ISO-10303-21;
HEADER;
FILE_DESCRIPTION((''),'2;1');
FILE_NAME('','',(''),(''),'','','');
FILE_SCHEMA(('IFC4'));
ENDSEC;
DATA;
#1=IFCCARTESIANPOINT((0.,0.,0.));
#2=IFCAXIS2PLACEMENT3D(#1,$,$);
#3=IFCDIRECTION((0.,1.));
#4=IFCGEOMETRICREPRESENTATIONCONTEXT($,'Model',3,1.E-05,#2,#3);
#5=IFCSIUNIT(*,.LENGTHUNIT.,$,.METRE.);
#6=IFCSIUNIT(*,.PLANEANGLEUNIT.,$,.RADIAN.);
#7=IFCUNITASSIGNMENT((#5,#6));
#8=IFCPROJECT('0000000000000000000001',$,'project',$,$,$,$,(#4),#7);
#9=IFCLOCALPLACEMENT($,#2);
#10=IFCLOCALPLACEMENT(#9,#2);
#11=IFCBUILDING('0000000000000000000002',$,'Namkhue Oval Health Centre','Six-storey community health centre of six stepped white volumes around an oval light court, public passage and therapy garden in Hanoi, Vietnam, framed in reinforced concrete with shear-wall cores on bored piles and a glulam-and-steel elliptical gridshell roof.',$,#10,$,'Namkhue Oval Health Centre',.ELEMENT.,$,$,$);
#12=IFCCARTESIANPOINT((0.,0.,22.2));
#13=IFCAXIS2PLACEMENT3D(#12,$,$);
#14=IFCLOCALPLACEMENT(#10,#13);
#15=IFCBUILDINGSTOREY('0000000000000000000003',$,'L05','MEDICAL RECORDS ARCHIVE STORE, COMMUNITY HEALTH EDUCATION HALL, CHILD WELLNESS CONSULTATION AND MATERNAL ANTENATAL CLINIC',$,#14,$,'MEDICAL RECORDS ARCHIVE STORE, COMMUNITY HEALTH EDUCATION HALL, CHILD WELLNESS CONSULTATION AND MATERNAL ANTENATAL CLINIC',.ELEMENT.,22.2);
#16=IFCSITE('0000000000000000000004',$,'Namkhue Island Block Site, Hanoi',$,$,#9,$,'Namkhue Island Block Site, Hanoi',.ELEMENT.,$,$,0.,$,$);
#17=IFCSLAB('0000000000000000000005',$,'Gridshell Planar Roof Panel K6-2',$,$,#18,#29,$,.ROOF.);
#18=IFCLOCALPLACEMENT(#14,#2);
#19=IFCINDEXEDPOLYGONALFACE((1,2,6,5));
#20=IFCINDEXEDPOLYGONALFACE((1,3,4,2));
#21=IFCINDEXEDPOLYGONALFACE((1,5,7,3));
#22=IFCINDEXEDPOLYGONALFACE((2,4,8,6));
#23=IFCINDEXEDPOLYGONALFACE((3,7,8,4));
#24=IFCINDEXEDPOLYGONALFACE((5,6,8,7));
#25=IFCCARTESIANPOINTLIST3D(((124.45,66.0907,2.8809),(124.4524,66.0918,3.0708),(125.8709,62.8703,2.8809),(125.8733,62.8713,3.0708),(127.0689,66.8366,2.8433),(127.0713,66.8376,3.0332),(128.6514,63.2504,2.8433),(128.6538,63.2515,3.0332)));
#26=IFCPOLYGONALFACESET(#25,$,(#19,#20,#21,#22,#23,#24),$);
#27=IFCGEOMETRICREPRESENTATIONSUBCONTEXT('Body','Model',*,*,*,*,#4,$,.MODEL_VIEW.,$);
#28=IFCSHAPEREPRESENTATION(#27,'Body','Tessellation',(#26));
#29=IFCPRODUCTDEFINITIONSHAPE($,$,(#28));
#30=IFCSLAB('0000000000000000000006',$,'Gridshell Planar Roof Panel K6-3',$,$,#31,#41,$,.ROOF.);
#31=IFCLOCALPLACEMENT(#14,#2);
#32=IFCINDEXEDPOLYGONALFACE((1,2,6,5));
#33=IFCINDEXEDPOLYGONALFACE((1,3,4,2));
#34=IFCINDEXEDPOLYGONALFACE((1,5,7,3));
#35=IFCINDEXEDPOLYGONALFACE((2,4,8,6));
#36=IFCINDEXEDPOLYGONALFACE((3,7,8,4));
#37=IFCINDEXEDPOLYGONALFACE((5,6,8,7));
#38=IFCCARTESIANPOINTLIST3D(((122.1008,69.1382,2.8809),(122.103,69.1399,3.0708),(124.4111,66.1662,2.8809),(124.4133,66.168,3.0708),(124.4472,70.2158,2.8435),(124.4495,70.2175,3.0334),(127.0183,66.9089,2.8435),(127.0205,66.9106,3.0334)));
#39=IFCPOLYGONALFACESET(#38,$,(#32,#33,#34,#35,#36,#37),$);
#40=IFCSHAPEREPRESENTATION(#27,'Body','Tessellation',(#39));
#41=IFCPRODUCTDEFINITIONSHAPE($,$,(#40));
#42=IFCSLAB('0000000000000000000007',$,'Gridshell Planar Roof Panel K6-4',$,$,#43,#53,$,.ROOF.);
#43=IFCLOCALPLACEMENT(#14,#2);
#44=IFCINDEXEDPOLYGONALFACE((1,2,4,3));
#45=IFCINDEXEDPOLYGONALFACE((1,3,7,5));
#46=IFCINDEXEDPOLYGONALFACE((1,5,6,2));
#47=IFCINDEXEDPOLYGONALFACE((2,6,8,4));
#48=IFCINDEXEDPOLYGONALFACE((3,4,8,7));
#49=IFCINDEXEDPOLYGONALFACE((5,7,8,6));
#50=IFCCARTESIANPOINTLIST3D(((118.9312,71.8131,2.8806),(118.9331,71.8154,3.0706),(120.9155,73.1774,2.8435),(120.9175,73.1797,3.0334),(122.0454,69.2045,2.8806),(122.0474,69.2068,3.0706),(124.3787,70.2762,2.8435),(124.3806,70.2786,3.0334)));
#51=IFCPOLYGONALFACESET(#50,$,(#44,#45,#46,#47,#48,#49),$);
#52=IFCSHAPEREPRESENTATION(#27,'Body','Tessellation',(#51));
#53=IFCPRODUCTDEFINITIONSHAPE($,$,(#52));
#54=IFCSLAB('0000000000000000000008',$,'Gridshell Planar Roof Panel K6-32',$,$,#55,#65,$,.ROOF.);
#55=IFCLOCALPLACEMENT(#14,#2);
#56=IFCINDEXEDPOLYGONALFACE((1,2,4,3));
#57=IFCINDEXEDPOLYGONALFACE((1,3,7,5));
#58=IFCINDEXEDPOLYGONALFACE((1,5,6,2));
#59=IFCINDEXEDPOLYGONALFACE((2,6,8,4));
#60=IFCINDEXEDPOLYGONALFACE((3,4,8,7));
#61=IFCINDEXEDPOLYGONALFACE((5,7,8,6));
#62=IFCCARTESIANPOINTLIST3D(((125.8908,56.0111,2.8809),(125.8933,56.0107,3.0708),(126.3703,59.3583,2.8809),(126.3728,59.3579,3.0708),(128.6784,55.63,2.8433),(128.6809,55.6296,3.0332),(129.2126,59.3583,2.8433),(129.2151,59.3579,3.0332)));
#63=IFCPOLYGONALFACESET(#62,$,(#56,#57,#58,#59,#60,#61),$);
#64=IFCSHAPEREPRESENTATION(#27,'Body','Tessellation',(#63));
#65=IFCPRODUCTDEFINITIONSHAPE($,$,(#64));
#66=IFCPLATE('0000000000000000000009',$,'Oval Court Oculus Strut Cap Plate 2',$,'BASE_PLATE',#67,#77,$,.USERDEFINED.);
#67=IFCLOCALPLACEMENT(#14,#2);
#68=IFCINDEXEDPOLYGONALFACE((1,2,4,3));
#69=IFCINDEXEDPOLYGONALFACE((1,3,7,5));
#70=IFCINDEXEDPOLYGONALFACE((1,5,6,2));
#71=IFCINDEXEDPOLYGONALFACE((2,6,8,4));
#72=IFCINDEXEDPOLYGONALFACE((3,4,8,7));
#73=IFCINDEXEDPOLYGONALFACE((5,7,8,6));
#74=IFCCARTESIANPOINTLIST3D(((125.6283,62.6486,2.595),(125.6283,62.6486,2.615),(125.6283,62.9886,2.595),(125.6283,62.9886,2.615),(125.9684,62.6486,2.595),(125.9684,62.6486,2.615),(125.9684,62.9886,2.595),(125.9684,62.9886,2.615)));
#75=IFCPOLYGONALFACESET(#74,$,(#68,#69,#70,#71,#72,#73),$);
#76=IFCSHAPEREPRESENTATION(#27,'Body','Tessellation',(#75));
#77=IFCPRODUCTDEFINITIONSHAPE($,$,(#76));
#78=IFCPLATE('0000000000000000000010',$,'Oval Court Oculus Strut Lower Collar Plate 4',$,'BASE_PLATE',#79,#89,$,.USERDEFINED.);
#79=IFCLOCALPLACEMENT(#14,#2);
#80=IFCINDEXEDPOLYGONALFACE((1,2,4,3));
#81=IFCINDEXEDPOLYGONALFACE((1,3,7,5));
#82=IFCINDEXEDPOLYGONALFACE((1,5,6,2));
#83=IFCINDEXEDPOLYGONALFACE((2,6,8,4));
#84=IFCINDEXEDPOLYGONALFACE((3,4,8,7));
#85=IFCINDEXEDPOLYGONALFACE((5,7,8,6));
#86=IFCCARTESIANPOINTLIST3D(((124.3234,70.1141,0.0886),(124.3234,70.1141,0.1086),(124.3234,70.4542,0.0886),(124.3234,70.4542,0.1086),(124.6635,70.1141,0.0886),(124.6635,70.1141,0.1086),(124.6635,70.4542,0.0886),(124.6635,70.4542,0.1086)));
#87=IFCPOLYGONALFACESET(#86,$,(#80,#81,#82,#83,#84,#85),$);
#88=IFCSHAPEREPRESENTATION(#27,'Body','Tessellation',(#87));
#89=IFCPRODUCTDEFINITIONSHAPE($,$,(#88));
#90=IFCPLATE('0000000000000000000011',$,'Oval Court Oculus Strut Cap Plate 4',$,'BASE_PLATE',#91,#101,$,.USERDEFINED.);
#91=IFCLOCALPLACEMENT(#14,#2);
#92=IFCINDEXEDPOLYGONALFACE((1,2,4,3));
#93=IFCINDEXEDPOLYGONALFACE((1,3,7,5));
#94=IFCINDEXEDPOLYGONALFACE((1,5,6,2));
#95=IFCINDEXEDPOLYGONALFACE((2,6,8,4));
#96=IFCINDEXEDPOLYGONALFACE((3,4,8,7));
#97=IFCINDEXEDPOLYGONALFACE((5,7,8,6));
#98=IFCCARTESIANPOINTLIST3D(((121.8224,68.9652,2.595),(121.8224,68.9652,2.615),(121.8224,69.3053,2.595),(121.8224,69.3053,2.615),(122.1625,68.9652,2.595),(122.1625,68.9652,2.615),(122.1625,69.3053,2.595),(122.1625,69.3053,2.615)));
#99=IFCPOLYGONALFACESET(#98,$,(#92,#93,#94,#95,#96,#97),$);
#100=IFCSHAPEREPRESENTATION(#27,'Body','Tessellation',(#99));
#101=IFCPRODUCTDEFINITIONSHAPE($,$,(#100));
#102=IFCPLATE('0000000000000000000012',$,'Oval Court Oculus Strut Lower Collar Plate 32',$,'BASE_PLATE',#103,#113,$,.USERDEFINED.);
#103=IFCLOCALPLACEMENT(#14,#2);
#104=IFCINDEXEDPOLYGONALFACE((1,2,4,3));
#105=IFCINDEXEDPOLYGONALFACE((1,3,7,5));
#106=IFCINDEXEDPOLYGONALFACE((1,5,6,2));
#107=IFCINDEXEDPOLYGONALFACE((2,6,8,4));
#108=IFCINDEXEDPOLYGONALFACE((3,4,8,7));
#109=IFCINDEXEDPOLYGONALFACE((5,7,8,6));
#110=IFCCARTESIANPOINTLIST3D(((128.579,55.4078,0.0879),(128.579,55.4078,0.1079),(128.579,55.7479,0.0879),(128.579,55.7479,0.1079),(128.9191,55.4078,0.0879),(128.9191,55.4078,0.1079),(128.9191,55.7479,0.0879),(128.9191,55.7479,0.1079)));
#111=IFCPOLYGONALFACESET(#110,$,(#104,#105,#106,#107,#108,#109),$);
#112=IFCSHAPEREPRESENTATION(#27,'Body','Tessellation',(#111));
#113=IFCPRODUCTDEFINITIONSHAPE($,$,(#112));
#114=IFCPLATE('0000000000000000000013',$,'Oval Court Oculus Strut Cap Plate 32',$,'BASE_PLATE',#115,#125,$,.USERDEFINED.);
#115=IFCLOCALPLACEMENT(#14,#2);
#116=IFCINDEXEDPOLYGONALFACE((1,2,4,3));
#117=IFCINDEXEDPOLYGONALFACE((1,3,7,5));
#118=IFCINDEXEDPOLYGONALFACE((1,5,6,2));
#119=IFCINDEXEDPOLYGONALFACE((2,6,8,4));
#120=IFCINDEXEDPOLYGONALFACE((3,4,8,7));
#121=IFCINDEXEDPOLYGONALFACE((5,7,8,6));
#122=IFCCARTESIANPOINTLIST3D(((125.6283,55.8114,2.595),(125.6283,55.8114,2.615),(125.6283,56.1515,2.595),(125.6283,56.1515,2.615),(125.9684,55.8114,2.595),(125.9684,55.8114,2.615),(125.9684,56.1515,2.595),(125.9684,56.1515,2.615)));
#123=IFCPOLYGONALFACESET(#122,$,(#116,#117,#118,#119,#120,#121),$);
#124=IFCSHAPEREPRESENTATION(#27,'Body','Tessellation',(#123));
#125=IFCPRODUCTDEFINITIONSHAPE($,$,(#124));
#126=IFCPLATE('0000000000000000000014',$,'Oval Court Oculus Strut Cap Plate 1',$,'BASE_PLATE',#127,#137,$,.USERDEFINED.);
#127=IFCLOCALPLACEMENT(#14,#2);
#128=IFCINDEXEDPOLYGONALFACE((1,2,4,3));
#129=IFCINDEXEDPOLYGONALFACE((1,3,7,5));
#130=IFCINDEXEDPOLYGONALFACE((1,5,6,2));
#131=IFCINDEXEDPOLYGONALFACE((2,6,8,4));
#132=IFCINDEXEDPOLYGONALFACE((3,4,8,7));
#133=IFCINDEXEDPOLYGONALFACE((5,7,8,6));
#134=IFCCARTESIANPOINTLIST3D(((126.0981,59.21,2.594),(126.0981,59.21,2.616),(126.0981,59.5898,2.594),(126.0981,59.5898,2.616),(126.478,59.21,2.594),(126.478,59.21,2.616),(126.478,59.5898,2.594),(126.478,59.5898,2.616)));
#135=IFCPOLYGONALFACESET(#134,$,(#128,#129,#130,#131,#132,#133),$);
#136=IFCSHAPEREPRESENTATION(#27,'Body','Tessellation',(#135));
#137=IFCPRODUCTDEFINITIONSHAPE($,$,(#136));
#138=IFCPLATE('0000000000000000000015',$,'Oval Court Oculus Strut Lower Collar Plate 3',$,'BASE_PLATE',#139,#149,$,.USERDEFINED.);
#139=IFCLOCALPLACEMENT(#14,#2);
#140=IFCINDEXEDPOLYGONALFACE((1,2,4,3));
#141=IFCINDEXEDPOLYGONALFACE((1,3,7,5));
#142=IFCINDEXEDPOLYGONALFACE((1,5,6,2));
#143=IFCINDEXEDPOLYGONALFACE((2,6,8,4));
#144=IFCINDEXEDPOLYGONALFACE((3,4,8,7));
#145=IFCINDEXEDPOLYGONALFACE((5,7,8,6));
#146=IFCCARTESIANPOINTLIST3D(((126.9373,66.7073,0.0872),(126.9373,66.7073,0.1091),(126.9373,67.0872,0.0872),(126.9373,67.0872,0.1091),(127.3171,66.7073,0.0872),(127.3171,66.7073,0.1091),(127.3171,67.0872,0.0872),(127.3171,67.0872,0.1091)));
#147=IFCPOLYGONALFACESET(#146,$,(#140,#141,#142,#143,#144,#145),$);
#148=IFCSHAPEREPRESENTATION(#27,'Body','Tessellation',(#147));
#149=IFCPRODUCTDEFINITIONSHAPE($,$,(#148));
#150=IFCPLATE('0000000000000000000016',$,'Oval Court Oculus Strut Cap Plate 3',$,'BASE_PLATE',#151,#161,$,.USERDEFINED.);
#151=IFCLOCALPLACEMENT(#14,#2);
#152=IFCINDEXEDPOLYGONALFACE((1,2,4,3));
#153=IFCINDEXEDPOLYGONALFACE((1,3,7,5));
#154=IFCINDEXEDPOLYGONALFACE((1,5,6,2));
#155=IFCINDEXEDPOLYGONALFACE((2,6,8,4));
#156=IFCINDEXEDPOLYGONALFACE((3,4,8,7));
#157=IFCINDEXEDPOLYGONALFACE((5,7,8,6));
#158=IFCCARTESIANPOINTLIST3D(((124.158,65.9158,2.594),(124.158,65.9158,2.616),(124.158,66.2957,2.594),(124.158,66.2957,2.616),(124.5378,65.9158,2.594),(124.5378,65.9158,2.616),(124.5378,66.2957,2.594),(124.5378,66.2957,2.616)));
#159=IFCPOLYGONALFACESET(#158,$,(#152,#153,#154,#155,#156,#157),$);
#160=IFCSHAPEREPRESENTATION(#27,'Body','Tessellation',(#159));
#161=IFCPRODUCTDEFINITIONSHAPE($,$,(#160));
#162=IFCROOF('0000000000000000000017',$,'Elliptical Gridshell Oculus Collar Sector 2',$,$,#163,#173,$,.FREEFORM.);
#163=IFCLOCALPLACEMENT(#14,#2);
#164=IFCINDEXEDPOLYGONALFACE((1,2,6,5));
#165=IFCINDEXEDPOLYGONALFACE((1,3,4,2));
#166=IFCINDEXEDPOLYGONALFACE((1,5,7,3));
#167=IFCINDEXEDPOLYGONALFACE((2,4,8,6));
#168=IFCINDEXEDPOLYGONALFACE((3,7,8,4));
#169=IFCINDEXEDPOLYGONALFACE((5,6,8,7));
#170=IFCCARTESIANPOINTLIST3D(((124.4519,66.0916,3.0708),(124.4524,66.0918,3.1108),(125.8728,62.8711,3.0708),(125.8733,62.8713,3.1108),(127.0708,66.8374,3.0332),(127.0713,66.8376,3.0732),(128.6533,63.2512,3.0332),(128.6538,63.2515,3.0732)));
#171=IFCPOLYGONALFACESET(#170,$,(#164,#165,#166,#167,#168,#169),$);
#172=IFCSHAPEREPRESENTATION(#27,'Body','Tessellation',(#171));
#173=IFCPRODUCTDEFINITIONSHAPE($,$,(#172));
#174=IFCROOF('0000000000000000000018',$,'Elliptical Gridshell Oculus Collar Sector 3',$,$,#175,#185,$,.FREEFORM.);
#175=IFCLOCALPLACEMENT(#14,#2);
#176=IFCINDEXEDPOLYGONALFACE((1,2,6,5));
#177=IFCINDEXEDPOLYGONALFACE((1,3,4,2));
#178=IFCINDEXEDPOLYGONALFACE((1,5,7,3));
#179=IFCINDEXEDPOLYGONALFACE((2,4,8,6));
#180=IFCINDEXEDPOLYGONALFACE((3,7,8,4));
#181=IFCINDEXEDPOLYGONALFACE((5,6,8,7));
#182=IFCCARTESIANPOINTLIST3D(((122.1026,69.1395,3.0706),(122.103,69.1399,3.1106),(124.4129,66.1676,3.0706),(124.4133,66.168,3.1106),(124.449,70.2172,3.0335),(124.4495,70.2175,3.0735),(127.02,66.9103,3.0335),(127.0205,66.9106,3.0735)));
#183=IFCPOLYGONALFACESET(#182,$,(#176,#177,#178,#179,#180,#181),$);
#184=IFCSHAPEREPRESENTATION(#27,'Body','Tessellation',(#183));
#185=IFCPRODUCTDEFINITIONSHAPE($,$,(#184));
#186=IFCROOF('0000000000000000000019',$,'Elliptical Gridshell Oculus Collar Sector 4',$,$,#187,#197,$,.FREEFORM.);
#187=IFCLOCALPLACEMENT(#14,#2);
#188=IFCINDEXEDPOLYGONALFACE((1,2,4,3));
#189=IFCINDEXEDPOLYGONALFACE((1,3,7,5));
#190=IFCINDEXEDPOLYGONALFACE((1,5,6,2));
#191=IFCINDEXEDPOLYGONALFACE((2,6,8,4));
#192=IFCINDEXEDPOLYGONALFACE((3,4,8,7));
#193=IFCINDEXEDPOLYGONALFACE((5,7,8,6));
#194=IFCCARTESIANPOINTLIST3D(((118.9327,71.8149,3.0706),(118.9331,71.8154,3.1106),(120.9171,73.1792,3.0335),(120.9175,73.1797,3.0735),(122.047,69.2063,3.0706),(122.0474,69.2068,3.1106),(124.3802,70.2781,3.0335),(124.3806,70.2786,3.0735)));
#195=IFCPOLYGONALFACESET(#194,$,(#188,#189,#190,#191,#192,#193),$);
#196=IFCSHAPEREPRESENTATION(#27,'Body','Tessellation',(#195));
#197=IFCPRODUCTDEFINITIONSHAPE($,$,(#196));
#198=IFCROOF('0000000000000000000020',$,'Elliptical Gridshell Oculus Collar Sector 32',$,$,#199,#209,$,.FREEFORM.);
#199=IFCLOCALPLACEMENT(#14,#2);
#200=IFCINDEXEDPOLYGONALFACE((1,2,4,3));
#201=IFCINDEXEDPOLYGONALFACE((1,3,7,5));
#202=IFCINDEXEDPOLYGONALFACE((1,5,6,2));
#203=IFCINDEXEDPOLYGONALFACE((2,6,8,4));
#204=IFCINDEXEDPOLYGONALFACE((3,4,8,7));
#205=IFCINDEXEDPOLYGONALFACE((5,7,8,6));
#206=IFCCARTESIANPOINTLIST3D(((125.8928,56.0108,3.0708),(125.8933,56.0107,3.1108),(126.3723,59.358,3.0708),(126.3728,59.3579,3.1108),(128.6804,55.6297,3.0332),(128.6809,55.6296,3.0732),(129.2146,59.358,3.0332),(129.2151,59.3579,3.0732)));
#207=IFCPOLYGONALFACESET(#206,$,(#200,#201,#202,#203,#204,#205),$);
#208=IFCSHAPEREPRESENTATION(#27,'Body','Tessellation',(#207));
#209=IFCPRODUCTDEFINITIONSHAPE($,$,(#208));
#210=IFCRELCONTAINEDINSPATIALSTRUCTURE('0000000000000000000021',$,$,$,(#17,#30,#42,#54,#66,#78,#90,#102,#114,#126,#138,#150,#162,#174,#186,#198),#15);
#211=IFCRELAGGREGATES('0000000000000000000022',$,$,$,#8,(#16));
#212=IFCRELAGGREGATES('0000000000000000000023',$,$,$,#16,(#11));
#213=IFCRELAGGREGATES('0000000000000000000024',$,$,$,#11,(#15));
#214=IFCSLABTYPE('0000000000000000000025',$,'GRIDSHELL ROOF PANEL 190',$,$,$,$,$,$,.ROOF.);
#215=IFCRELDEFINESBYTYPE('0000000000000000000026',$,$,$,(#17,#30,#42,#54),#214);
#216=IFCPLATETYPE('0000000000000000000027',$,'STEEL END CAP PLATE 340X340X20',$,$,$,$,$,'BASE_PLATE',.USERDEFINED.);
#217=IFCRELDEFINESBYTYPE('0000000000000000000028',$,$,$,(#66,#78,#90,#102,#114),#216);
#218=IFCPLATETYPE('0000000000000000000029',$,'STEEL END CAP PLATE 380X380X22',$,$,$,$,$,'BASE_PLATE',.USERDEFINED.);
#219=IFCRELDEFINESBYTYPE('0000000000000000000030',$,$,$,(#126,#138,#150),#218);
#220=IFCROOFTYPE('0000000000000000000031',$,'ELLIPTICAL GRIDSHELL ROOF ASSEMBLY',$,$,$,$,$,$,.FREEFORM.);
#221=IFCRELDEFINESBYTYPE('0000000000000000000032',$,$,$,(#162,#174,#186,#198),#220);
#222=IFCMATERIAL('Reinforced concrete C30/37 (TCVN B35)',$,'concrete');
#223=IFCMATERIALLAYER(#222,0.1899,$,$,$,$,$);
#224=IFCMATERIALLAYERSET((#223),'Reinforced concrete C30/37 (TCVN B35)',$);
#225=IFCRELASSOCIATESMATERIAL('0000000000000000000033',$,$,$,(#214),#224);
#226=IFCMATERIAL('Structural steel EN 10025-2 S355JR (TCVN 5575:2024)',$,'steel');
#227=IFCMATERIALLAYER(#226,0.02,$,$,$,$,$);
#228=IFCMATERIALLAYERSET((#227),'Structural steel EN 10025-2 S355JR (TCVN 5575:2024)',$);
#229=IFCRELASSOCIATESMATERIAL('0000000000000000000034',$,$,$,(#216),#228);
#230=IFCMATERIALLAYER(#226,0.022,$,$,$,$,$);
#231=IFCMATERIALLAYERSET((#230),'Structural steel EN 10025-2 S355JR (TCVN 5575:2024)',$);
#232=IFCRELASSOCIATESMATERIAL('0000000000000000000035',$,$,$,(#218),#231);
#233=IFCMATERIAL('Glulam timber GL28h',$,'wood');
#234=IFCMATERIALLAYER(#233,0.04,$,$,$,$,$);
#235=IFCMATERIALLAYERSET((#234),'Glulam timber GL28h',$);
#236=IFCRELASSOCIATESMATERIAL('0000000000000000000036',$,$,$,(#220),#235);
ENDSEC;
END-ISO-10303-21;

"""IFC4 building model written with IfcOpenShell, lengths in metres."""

from ifc_helpers import new_model, si_unit, direction, frame, origin, origin_2d, place, context, subcontext, project, spatial, polyline, rectangle, outline, extrude, material, layer, layer_set, type_object, element, save


model = new_model("IFC4")

# Units and contexts
model_context = context("Model", 3, precision=1e-05, world=origin(), true_north=direction((0.0, 1.0)))
body_context = subcontext(model_context, "Body", "Model", "MODEL_VIEW")
ifc_project = project(units=[si_unit("LENGTHUNIT", "METRE"), si_unit("PLANEANGLEUNIT", "RADIAN")], contexts=[model_context])

# Site, building, storey
site_placement = place(None, origin())
site = spatial("IfcSite", under=ifc_project, at=site_placement, Name="Namkhue Island Block Site, Hanoi", LongName="Namkhue Island Block Site, Hanoi", CompositionType="ELEMENT", RefElevation=0.0)
building_placement = place(site_placement, origin())
building = spatial("IfcBuilding", under=site, at=building_placement, Name="Namkhue Oval Health Centre", Description="Six-storey community health centre of six stepped white volumes around an oval light court, public passage and therapy garden in Hanoi, Vietnam, framed in reinforced concrete with shear-wall cores on bored piles and a glulam-and-steel elliptical gridshell roof.", LongName="Namkhue Oval Health Centre", CompositionType="ELEMENT")
storey_placement = place(building_placement, frame((0.0, 0.0, 22.2)))
storey = spatial("IfcBuildingStorey", under=building, at=storey_placement, Name="L05", Description="MEDICAL RECORDS ARCHIVE STORE, COMMUNITY HEALTH EDUCATION HALL, CHILD WELLNESS CONSULTATION AND MATERNAL ANTENATAL CLINIC", LongName="MEDICAL RECORDS ARCHIVE STORE, COMMUNITY HEALTH EDUCATION HALL, CHILD WELLNESS CONSULTATION AND MATERNAL ANTENATAL CLINIC", CompositionType="ELEMENT", Elevation=22.2)

# Shared definitions
ifc_material_1 = material(Name="Structural steel EN 10025-2 S355JR (TCVN 5575:2024)", Category="steel")
ifc_material_2 = material(Name="Glulam timber GL28h", Category="wood")

# Slabs
ifc_material_3 = material(Name="Reinforced concrete C30/37 (TCVN B35)", Category="concrete")
ifc_layer_1 = layer(ifc_material_3, 0.1899)
ifc_layer_set_1 = layer_set([ifc_layer_1], Name="Reinforced concrete C30/37 (TCVN B35)")
slab_type = type_object("IfcSlabType", Name="GRIDSHELL ROOF PANEL 190", PredefinedType="ROOF", material=ifc_layer_set_1)
slab_1_placement = place(storey_placement, frame((128.6538, 63.2515, 3.0332), z_axis=(0.012752, 0.005627, 0.999903), x_axis=(-0.403721, 0.914882, 0.0)))
element("IfcSlab", 1, at=slab_1_placement, inside=storey, type_object=slab_type, Name="Gridshell Planar Roof Panel K6-2", PredefinedType="ROOF", context=body_context, shape_type="SweptSolid", body=[
    extrude(outline(polyline([(0.0, 0.0), (3.9198, 0.0), (4.2948, 2.6974), (0.7748, 2.6976), (0.0, 0.0)])), origin(), (0.0, 0.0, -1.0), 0.1899),
])
slab_2_placement = place(storey_placement, frame((127.0205, 66.9106, 3.0334), z_axis=(0.011729, 0.009118, 0.99989), x_axis=(-0.613795, 0.789465, 0.0)))
element("IfcSlab", 2, at=slab_2_placement, inside=storey, type_object=slab_type, Name="Gridshell Planar Roof Panel K6-3", PredefinedType="ROOF", context=body_context, shape_type="SweptSolid", body=[
    extrude(outline(polyline([(0.0, 0.0), (4.1888, 0.0), (4.7782, 2.5142), (1.014, 2.5144), (0.0, 0.0)])), origin(), (0.0, 0.0, -1.0), 0.1899),
])
slab_3_placement = place(storey_placement, frame((124.3806, 70.2786, 3.0334), z_axis=(0.01027, 0.01226, 0.999872), x_axis=(-0.766566, 0.642165, 0.0)))
element("IfcSlab", 3, at=slab_3_placement, inside=storey, type_object=slab_type, Name="Gridshell Planar Roof Panel K6-4", PredefinedType="ROOF", context=body_context, shape_type="SweptSolid", body=[
    extrude(outline(polyline([(0.0, 0.0), (4.5177, 0.0), (5.1628, 2.3204), (1.1003, 2.3202), (0.0, 0.0)])), origin(), (0.0, 0.0, -1.0), 0.1899),
])
slab_4_placement = place(storey_placement, frame((128.6809, 55.6296, 3.0332), z_axis=(0.013227, -0.001895, 0.999911), x_axis=(0.14183, 0.989891, 0.0)))
element("IfcSlab", 4, at=slab_4_placement, inside=storey, type_object=slab_type, Name="Gridshell Planar Roof Panel K6-32", PredefinedType="ROOF", context=body_context, shape_type="SweptSolid", body=[
    extrude(outline(polyline([(0.0, 0.0), (3.7663, 0.0), (3.3632, 2.8138), (-0.0181, 2.8137), (0.0, 0.0)])), origin(), (0.0, 0.0, -1.0), 0.1899),
])

# Plates
ifc_layer_2 = layer(ifc_material_1, 0.02)
ifc_layer_set_2 = layer_set([ifc_layer_2], Name="Structural steel EN 10025-2 S355JR (TCVN 5575:2024)")
plate_type_1 = type_object("IfcPlateType", Name="STEEL END CAP PLATE 340X340X20", ElementType="BASE_PLATE", PredefinedType="USERDEFINED", material=ifc_layer_set_2)
for number, where, z_axis, x_axis, name in (
    (5, (125.7983, 62.8186, 2.595), (0.0, 0.0, 1.0), (1.0, 0.0, 0.0), "Oval Court Oculus Strut Cap Plate 2"),
    (6, (124.4934, 70.2842, 0.0886), (0.0, 0.0, 1.0), (1.0, 0.0, 0.0), "Oval Court Oculus Strut Lower Collar Plate 4"),
    (7, (121.9924, 69.1353, 2.595), (0.0, 0.0, 1.0), (1.0, 0.0, 0.0), "Oval Court Oculus Strut Cap Plate 4"),
    (8, (128.749, 55.5779, 0.0879), (0.0, 0.0, 1.0), (1.0, 0.0, 0.0), "Oval Court Oculus Strut Lower Collar Plate 32"),
    (9, (125.7983, 55.9814, 2.595), (0.0, 0.0, 1.0), (1.0, 0.0, 0.0), "Oval Court Oculus Strut Cap Plate 32"),
):
    element("IfcPlate", number, at=place(storey_placement, frame(where, z_axis=z_axis, x_axis=x_axis)), inside=storey, type_object=plate_type_1, Name=name, ObjectType="BASE_PLATE", PredefinedType="USERDEFINED", context=body_context, shape_type="SweptSolid", body=[
        extrude(rectangle(XDim=0.3401, YDim=0.3401, at=origin_2d()), origin(), (0.0, 0.0, 1.0), 0.02),
    ])
ifc_layer_3 = layer(ifc_material_1, 0.022)
ifc_layer_set_3 = layer_set([ifc_layer_3], Name="Structural steel EN 10025-2 S355JR (TCVN 5575:2024)")
plate_type_2 = type_object("IfcPlateType", Name="STEEL END CAP PLATE 380X380X22", ElementType="BASE_PLATE", PredefinedType="USERDEFINED", material=ifc_layer_set_3)
for number, where, z_axis, x_axis, name in (
    (10, (126.2881, 59.3999, 2.594), (0.0, 0.0, 1.0), (1.0, 0.0, 0.0), "Oval Court Oculus Strut Cap Plate 1"),
    (11, (127.1272, 66.8972, 0.0872), (0.0, 0.0, 1.0), (1.0, 0.0, 0.0), "Oval Court Oculus Strut Lower Collar Plate 3"),
    (12, (124.3479, 66.1057, 2.594), (0.0, 0.0, 1.0), (1.0, 0.0, 0.0), "Oval Court Oculus Strut Cap Plate 3"),
):
    element("IfcPlate", number, at=place(storey_placement, frame(where, z_axis=z_axis, x_axis=x_axis)), inside=storey, type_object=plate_type_2, Name=name, ObjectType="BASE_PLATE", PredefinedType="USERDEFINED", context=body_context, shape_type="SweptSolid", body=[
        extrude(rectangle(XDim=0.3799, YDim=0.3799, at=origin_2d()), origin(), (0.0, 0.0, 1.0), 0.022),
    ])

# Roofs
ifc_layer_4 = layer(ifc_material_2, 0.04)
ifc_layer_set_4 = layer_set([ifc_layer_4], Name="Glulam timber GL28h")
roof_type = type_object("IfcRoofType", Name="ELLIPTICAL GRIDSHELL ROOF ASSEMBLY", PredefinedType="FREEFORM", material=ifc_layer_set_4)
roof_1_placement = place(storey_placement, frame((128.6538, 63.2515, 3.0732), z_axis=(0.012752, 0.005627, 0.999903), x_axis=(-0.403721, 0.914882, 0.0)))
element("IfcRoof", 13, at=roof_1_placement, inside=storey, type_object=roof_type, Name="Elliptical Gridshell Oculus Collar Sector 2", PredefinedType="FREEFORM", context=body_context, shape_type="SweptSolid", body=[
    extrude(outline(polyline([(0.0, 0.0), (3.9198, 0.0), (4.2948, 2.6974), (0.7748, 2.6976), (0.0, 0.0)])), origin(), (0.0, 0.0, -1.0), 0.04),
])
roof_2_placement = place(storey_placement, frame((127.0205, 66.9106, 3.0735), z_axis=(0.011652, 0.009059, 0.999891), x_axis=(-0.613795, 0.789465, 0.0)))
element("IfcRoof", 14, at=roof_2_placement, inside=storey, type_object=roof_type, Name="Elliptical Gridshell Oculus Collar Sector 3", PredefinedType="FREEFORM", context=body_context, shape_type="SweptSolid", body=[
    extrude(outline(polyline([(0.0, 0.0), (4.1888, 0.0), (4.7782, 2.5142), (1.014, 2.5144), (0.0, 0.0)])), origin(), (0.0, 0.0, -1.0), 0.04),
])
roof_3_placement = place(storey_placement, frame((124.3806, 70.2786, 3.0735), z_axis=(0.01027, 0.01226, 0.999872), x_axis=(-0.766566, 0.642165, 0.0)))
element("IfcRoof", 15, at=roof_3_placement, inside=storey, type_object=roof_type, Name="Elliptical Gridshell Oculus Collar Sector 4", PredefinedType="FREEFORM", context=body_context, shape_type="SweptSolid", body=[
    extrude(outline(polyline([(0.0, 0.0), (4.5177, 0.0), (5.1628, 2.3204), (1.1003, 2.3202), (0.0, 0.0)])), origin(), (0.0, 0.0, -1.0), 0.04),
])
roof_4_placement = place(storey_placement, frame((128.6809, 55.6296, 3.0732), z_axis=(0.013227, -0.001895, 0.999911), x_axis=(0.14183, 0.989891, 0.0)))
element("IfcRoof", 16, at=roof_4_placement, inside=storey, type_object=roof_type, Name="Elliptical Gridshell Oculus Collar Sector 32", PredefinedType="FREEFORM", context=body_context, shape_type="SweptSolid", body=[
    extrude(outline(polyline([(0.0, 0.0), (3.7663, 0.0), (3.3632, 2.8138), (-0.0181, 2.8137), (0.0, 0.0)])), origin(), (0.0, 0.0, -1.0), 0.04),
])

save(model, "model.ifc")
